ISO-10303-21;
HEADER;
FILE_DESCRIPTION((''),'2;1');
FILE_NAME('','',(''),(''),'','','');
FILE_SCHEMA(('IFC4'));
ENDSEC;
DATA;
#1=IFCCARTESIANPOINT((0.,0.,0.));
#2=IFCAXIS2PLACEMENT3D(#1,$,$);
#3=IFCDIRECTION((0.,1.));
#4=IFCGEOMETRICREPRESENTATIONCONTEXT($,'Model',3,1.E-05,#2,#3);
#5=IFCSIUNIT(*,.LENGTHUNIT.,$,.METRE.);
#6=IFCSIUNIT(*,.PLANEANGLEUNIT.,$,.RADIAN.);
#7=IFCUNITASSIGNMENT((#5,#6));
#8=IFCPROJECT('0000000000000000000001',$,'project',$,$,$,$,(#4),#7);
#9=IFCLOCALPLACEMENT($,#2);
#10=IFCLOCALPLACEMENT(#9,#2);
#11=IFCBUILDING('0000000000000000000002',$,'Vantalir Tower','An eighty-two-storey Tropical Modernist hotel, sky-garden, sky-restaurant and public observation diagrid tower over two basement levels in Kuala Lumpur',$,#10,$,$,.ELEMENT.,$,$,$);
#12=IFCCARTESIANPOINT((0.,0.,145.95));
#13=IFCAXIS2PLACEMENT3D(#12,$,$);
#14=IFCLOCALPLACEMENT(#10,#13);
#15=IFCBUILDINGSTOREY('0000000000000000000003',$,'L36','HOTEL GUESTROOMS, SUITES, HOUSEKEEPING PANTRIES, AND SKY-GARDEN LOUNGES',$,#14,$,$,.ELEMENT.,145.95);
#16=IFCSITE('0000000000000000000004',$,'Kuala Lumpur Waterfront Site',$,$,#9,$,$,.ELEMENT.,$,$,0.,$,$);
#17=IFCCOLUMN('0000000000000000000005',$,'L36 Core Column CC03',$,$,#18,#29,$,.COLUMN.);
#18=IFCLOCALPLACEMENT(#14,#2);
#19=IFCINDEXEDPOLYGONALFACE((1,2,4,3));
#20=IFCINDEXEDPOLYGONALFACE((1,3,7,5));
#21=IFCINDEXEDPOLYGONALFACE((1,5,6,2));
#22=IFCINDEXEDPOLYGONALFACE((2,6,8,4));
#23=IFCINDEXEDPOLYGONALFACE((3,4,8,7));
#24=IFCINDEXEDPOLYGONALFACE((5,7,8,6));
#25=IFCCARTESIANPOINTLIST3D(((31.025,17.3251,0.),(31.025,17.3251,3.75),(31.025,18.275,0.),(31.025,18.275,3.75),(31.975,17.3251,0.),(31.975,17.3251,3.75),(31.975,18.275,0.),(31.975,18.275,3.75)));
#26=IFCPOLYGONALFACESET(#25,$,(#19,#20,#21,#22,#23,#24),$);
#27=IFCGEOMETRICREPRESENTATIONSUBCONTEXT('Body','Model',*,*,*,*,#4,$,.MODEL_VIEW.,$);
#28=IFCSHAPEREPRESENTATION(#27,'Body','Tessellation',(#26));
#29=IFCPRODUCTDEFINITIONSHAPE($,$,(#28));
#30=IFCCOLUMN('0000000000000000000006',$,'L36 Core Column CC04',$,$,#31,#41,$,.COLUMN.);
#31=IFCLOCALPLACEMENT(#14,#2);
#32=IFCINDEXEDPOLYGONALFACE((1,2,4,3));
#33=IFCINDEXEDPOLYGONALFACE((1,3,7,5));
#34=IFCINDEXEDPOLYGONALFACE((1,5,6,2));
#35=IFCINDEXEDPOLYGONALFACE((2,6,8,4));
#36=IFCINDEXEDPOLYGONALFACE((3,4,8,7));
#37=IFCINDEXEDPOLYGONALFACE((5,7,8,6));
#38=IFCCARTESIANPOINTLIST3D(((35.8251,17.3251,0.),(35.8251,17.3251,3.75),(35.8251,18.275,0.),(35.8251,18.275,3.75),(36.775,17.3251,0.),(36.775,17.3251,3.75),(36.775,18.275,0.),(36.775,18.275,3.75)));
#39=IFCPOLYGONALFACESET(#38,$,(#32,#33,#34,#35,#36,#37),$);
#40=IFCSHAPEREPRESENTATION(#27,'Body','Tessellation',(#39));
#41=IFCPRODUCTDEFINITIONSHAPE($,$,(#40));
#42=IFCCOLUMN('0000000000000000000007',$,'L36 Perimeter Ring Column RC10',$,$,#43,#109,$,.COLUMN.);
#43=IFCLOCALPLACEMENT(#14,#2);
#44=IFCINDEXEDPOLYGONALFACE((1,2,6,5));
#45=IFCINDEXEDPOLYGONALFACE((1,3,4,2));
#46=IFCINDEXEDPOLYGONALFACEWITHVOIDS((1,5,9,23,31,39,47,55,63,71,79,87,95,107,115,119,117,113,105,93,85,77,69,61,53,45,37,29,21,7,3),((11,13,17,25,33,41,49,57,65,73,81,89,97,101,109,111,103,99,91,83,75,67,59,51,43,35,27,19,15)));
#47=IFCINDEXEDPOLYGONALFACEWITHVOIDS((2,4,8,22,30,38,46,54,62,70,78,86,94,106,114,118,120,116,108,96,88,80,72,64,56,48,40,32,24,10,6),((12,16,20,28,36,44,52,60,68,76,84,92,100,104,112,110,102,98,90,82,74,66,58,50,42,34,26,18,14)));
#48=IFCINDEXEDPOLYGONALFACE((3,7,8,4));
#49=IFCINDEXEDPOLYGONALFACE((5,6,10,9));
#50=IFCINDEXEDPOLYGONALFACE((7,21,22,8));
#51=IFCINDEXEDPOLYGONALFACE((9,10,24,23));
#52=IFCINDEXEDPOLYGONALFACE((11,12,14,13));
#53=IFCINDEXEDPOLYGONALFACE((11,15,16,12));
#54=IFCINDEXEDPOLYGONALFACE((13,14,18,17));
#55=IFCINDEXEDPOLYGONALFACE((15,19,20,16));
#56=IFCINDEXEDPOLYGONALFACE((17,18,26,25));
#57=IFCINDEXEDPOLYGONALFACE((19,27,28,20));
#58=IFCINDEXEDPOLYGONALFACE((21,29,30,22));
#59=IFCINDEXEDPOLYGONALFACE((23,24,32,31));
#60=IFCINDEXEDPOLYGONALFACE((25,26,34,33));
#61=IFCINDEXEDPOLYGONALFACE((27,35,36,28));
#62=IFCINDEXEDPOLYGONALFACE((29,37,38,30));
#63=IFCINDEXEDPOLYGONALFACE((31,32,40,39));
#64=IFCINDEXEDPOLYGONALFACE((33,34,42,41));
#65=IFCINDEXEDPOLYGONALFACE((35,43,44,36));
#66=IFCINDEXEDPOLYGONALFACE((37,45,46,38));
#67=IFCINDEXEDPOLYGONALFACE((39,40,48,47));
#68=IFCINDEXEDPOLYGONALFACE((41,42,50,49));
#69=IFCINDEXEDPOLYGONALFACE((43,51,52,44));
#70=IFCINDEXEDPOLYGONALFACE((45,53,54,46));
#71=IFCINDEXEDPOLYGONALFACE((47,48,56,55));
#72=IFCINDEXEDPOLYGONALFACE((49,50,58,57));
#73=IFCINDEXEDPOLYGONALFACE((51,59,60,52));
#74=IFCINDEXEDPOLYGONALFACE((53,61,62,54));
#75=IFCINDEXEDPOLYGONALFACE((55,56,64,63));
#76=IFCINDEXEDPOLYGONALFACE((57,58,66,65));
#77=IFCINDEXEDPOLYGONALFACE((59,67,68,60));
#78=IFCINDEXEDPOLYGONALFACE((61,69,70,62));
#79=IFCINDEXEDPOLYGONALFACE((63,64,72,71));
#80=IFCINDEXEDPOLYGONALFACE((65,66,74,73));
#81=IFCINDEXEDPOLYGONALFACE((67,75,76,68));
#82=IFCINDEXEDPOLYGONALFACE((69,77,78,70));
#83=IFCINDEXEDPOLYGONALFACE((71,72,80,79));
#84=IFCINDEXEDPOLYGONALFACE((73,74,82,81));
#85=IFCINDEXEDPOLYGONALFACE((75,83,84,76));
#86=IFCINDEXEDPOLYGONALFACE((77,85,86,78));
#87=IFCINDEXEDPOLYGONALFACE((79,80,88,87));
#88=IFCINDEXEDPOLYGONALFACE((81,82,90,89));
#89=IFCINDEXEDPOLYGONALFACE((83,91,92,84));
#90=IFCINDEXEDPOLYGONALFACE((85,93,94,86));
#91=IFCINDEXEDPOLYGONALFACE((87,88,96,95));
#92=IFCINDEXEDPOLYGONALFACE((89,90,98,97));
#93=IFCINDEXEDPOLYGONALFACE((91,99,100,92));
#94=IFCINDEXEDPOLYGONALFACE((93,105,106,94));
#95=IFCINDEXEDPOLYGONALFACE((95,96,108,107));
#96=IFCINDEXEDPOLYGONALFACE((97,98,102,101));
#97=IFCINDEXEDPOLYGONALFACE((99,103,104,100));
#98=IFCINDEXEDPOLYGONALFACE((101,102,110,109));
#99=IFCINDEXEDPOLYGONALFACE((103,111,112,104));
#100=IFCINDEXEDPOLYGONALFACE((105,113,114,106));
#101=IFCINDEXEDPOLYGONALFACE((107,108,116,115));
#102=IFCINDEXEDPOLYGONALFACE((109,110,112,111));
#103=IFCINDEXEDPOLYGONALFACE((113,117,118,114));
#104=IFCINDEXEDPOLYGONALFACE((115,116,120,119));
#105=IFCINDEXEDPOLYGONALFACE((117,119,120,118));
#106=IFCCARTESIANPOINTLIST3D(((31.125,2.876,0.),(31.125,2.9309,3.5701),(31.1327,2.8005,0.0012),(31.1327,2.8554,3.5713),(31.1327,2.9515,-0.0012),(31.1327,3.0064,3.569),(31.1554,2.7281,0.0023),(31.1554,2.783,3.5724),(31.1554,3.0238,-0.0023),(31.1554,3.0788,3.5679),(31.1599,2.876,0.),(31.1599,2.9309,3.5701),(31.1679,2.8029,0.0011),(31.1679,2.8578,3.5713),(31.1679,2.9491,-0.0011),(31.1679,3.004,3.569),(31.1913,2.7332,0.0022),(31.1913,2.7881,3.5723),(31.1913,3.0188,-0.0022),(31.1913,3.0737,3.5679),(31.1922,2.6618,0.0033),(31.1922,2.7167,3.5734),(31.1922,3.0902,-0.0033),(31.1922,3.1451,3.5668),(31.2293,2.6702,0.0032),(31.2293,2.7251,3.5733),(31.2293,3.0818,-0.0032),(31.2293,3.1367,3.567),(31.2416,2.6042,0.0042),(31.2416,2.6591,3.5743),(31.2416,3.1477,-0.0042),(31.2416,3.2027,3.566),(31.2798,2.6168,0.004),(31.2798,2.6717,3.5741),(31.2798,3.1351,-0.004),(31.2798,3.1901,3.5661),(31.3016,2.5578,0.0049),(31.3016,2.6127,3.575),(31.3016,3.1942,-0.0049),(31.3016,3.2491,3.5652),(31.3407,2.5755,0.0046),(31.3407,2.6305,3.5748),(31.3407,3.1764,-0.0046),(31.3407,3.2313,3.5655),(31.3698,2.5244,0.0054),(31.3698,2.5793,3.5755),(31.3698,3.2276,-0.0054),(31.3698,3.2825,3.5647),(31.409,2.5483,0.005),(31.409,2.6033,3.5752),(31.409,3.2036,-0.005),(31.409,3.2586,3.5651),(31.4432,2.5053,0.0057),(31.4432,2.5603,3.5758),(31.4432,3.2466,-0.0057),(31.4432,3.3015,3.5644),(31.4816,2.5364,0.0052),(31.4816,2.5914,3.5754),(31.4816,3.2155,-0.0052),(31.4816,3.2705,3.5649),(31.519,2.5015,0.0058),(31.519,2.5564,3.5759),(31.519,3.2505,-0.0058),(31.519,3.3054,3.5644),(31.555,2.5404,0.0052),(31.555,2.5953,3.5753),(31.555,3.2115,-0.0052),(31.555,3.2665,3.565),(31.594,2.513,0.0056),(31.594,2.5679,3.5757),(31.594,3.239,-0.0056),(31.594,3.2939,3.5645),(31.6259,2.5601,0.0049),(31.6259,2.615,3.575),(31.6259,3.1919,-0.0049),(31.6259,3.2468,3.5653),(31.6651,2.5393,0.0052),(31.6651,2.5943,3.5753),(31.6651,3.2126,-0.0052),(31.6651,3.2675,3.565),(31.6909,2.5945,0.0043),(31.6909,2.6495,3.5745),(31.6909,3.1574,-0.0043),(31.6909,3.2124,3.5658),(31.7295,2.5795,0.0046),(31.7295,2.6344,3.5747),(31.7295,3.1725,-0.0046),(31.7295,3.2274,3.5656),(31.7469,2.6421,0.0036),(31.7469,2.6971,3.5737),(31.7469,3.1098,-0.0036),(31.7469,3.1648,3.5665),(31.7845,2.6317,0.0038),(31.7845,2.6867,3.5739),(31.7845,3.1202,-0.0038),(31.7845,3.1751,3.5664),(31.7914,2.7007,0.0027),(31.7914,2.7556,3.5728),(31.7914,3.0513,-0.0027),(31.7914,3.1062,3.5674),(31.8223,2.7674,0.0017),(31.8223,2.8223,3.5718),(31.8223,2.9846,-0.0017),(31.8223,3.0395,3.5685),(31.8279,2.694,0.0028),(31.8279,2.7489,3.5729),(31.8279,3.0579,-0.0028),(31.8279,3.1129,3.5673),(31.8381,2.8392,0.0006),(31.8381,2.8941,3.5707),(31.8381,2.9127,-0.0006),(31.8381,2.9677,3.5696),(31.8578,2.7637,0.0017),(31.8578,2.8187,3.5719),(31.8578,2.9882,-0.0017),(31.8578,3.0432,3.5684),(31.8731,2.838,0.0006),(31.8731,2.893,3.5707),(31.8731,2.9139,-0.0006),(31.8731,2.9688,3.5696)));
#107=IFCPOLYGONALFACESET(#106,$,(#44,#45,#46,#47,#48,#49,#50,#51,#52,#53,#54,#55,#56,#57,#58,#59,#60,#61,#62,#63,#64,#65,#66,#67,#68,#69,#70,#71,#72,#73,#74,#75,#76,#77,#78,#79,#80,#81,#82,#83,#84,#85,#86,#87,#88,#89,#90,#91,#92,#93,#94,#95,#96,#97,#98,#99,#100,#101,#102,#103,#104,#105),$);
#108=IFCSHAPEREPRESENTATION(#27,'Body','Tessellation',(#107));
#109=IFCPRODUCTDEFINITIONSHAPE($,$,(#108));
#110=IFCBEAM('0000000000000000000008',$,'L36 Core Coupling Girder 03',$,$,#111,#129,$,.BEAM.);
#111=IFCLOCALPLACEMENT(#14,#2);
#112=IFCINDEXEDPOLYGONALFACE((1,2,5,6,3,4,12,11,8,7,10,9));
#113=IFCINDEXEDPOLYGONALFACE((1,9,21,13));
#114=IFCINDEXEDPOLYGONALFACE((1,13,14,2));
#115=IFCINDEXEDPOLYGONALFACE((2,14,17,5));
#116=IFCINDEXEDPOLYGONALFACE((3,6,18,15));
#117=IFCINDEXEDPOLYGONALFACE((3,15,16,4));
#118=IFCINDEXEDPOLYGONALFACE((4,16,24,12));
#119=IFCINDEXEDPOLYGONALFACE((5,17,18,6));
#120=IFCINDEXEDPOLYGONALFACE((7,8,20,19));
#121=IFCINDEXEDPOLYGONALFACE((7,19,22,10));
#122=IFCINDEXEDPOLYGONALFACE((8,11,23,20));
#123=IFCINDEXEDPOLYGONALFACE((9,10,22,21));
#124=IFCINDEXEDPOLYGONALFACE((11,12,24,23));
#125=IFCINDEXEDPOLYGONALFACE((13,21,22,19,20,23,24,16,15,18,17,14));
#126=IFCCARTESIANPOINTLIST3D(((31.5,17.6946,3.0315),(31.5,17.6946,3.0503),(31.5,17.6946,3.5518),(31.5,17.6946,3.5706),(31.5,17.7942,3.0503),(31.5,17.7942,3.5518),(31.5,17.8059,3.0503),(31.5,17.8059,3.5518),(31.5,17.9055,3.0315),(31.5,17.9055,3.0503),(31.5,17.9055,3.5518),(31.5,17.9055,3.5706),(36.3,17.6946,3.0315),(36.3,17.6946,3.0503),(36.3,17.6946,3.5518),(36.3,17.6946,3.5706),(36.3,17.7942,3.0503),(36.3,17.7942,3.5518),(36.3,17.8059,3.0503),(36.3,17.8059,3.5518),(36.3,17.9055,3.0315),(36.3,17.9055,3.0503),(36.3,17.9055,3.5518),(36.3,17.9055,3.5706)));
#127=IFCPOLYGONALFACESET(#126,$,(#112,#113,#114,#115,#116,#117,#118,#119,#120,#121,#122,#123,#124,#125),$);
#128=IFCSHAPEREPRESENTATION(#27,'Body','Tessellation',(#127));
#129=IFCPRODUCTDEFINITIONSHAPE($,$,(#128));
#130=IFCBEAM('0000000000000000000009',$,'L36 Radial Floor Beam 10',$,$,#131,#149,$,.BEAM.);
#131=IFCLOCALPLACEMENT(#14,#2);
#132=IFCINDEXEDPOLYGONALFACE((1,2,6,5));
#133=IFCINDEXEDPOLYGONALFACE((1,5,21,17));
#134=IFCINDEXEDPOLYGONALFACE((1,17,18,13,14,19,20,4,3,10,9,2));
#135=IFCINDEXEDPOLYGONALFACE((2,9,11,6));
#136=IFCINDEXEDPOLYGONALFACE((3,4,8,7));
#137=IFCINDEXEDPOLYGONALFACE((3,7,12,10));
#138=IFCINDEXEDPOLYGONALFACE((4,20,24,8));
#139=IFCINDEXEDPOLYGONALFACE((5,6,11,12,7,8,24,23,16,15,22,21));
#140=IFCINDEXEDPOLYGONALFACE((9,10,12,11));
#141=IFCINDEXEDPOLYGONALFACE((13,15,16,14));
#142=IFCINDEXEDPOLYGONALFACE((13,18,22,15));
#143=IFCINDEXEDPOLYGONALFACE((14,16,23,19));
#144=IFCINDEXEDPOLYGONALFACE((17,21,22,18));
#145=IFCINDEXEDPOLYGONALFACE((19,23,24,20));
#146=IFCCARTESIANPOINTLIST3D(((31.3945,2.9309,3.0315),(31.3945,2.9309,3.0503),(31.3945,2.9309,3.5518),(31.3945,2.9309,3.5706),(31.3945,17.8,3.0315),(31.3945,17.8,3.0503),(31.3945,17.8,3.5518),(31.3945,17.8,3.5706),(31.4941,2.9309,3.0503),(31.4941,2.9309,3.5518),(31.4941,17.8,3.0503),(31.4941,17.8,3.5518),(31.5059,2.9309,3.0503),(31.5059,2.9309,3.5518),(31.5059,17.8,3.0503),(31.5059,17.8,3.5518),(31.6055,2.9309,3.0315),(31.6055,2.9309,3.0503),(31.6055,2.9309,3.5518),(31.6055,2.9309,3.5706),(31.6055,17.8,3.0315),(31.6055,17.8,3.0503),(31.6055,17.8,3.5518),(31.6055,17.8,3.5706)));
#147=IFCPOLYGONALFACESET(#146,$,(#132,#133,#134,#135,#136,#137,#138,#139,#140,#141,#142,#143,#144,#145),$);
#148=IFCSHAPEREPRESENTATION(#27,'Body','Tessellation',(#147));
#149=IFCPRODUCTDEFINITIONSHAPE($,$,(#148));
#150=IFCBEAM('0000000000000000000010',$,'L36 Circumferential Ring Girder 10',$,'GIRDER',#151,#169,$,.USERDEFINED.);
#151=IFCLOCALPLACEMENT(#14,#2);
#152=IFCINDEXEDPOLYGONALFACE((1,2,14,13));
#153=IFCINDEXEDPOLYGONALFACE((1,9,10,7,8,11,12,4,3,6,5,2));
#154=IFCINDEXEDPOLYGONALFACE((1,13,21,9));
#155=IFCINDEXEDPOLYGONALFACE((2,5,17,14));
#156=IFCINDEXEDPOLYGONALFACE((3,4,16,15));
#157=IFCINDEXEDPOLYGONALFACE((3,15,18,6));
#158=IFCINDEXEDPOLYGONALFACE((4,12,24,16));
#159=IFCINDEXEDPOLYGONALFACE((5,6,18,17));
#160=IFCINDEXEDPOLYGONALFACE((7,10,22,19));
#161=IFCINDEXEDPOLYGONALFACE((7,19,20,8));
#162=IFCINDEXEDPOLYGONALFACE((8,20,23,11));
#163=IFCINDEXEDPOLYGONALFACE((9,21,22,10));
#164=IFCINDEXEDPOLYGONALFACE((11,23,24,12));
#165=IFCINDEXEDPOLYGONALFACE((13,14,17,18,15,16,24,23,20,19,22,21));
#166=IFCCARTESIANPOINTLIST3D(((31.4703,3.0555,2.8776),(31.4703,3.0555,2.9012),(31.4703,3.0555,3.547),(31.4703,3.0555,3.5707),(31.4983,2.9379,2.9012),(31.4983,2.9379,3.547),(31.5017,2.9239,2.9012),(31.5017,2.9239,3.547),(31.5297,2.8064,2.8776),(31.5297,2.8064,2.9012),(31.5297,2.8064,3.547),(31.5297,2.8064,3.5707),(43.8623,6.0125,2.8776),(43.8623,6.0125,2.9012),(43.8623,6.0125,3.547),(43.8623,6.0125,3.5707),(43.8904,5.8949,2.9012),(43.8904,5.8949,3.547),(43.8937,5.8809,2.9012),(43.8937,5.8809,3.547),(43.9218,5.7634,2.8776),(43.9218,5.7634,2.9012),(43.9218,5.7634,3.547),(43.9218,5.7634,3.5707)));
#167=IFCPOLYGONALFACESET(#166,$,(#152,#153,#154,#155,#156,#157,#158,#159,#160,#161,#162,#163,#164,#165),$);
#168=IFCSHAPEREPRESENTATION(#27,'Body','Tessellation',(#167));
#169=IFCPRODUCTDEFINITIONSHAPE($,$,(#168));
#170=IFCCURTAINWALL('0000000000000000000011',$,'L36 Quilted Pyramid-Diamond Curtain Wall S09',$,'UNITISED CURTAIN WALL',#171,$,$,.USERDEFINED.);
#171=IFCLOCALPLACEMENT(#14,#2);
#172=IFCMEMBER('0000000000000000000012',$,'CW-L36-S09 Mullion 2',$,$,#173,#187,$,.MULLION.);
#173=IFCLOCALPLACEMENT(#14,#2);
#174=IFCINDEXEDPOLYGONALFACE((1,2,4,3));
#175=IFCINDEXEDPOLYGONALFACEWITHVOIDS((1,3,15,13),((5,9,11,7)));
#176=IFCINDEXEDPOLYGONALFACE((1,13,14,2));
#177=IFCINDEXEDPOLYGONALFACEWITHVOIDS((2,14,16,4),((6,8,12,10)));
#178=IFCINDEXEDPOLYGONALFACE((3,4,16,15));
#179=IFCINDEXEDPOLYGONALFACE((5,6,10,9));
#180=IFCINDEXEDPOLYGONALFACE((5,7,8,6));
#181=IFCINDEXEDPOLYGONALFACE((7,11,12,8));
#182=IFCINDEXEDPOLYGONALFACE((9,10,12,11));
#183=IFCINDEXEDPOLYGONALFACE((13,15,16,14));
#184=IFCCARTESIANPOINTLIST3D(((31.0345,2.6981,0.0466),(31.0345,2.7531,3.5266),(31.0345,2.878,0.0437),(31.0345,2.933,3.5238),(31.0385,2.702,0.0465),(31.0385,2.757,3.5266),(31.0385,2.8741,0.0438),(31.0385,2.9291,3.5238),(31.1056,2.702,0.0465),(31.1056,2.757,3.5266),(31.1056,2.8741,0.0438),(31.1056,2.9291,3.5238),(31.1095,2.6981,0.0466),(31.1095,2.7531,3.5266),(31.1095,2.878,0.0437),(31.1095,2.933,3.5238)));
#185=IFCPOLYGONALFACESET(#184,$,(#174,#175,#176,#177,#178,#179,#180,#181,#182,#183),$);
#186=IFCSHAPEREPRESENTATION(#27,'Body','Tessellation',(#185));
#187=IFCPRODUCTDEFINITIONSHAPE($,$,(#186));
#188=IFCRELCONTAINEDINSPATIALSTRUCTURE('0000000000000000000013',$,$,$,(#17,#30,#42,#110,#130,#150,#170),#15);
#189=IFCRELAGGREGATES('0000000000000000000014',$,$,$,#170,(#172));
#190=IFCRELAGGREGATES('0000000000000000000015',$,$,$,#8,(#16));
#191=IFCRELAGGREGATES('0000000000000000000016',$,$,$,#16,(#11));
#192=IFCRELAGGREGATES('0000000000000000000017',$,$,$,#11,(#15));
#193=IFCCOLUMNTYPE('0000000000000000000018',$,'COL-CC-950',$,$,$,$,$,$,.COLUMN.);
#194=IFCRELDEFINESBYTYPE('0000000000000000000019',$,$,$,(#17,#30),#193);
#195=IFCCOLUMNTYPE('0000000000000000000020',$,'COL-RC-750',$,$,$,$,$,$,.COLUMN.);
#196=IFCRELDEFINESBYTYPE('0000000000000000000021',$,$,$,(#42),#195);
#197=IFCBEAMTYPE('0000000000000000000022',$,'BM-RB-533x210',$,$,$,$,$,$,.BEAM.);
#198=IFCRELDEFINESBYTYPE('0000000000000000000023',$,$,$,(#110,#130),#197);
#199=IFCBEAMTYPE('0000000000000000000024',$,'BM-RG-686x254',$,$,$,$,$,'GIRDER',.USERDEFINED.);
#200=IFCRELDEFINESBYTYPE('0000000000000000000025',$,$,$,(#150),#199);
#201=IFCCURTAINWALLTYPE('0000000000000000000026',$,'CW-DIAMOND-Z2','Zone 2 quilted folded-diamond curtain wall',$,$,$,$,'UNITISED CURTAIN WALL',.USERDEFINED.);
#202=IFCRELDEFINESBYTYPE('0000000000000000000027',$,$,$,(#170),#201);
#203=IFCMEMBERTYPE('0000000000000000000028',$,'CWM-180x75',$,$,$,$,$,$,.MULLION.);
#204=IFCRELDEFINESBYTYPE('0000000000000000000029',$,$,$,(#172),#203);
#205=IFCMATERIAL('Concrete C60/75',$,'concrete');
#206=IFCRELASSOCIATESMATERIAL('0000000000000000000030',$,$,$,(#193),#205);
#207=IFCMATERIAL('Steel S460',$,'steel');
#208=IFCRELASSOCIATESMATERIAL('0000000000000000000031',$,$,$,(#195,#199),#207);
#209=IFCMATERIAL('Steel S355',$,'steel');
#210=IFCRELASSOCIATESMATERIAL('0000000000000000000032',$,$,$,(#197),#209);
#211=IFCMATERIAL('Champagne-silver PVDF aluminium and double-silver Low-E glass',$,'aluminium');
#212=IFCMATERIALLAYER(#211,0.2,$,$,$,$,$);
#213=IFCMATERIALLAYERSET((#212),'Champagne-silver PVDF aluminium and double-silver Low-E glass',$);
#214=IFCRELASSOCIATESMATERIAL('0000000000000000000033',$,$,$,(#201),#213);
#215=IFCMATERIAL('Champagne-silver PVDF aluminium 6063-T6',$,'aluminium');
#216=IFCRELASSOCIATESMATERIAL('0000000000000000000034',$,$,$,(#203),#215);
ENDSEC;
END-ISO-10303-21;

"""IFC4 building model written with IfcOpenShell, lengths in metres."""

from ifc_helpers import new_model, si_unit, direction, frame, origin, origin_2d, place, context, subcontext, project, spatial, rectangle, hollow_rectangle, hollow_circle, i_section, extrude, material, layer, layer_set, material_profile, profile_set, type_object, element, aggregate, save


model = new_model("IFC4")

# Units and contexts
model_context = context("Model", 3, precision=1e-05, world=origin(), true_north=direction((0.0, 1.0)))
body_context = subcontext(model_context, "Body", "Model", "MODEL_VIEW")
ifc_project = project(units=[si_unit("LENGTHUNIT", "METRE"), si_unit("PLANEANGLEUNIT", "RADIAN")], contexts=[model_context])

# Site, building, storey
site_placement = place(None, origin())
site = spatial("IfcSite", under=ifc_project, at=site_placement, Name="Kuala Lumpur Waterfront Site", CompositionType="ELEMENT", RefElevation=0.0)
building_placement = place(site_placement, origin())
building = spatial("IfcBuilding", under=site, at=building_placement, Name="Vantalir Tower", Description="An eighty-two-storey Tropical Modernist hotel, sky-garden, sky-restaurant and public observation diagrid tower over two basement levels in Kuala Lumpur", CompositionType="ELEMENT")
storey_placement = place(building_placement, frame((0.0, 0.0, 145.95)))
storey = spatial("IfcBuildingStorey", under=building, at=storey_placement, Name="L36", Description="HOTEL GUESTROOMS, SUITES, HOUSEKEEPING PANTRIES, AND SKY-GARDEN LOUNGES", CompositionType="ELEMENT", Elevation=145.95)

# Columns
ifc_material_1 = material(Name="Concrete C60/75", Category="concrete")
ifc_material_profile_1 = material_profile(ifc_material_1, rectangle(XDim=0.95, YDim=0.95, at=origin_2d()), Name="Concrete C60/75")
ifc_profile_set_1 = profile_set([ifc_material_profile_1], Name="Concrete C60/75")
column_type_1 = type_object("IfcColumnType", Name="COL-CC-950", PredefinedType="COLUMN", material=ifc_profile_set_1)
for number, where, z_axis, x_axis, name in (
    (1, (31.5, 17.8, 0.0), (0.0, 0.0, 1.0), (1.0, 0.0, 0.0), "L36 Core Column CC03"),
    (2, (36.3, 17.8, 0.0), (0.0, 0.0, 1.0), (1.0, 0.0, 0.0), "L36 Core Column CC04"),
):
    element("IfcColumn", number, at=place(storey_placement, frame(where, z_axis=z_axis, x_axis=x_axis)), inside=storey, type_object=column_type_1, Name=name, PredefinedType="COLUMN", context=body_context, shape_type="SweptSolid", body=[
        extrude(rectangle(XDim=0.95, YDim=0.95, at=origin_2d()), origin(), (0.0, 0.0, 1.0), 3.75),
    ])
ifc_material_2 = material(Name="Steel S460", Category="steel")
ifc_material_profile_2 = material_profile(ifc_material_2, hollow_circle(Radius=0.375, WallThickness=0.0349, at=origin_2d()), Name="Steel S460")
ifc_profile_set_2 = profile_set([ifc_material_profile_2], Name="Steel S460")
column_type_2 = type_object("IfcColumnType", Name="COL-RC-750", PredefinedType="COLUMN", material=ifc_profile_set_2)
column_placement = place(storey_placement, frame((31.5, 2.876, 0.0), z_axis=(0.0, 0.015385, 0.999882), x_axis=(-1.0, 0.0, 0.0)))
element("IfcColumn", 3, at=column_placement, inside=storey, type_object=column_type_2, Name="L36 Perimeter Ring Column RC10", PredefinedType="COLUMN", context=body_context, shape_type="SweptSolid", body=[
    extrude(hollow_circle(Radius=0.375, WallThickness=0.0349, at=origin_2d()), origin(), (0.0, 0.0, 1.0), 3.5706),
])

# Beams
ifc_material_3 = material(Name="Steel S355", Category="steel")
ifc_material_profile_3 = material_profile(ifc_material_3, i_section(OverallWidth=0.2109, OverallDepth=0.5391, WebThickness=0.0117, FlangeThickness=0.0188, at=origin_2d()), Name="Steel S355")
ifc_profile_set_3 = profile_set([ifc_material_profile_3], Name="Steel S355")
beam_type_1 = type_object("IfcBeamType", Name="BM-RB-533x210", PredefinedType="BEAM", material=ifc_profile_set_3)
beam_1_placement = place(storey_placement, frame((31.5, 17.8, 3.301), z_axis=(1.0, 0.0, 0.0), x_axis=(0.0, 1.0, 0.0)))
element("IfcBeam", 4, at=beam_1_placement, inside=storey, type_object=beam_type_1, Name="L36 Core Coupling Girder 03", PredefinedType="BEAM", context=body_context, shape_type="SweptSolid", body=[
    extrude(i_section(OverallWidth=0.2109, OverallDepth=0.5391, WebThickness=0.0117, FlangeThickness=0.0188, at=origin_2d()), origin(), (0.0, 0.0, 1.0), 4.8),
])
beam_2_placement = place(storey_placement, frame((31.5, 2.9309, 3.301), z_axis=(0.0, 1.0, 0.0), x_axis=(-1.0, 0.0, 0.0)))
element("IfcBeam", 5, at=beam_2_placement, inside=storey, type_object=beam_type_1, Name="L36 Radial Floor Beam 10", PredefinedType="BEAM", context=body_context, shape_type="SweptSolid", body=[
    extrude(i_section(OverallWidth=0.2109, OverallDepth=0.5391, WebThickness=0.0117, FlangeThickness=0.0188, at=origin_2d()), origin(), (0.0, 0.0, 1.0), 14.8691),
])
ifc_material_profile_4 = material_profile(ifc_material_2, i_section(OverallWidth=0.2561, OverallDepth=0.6931, WebThickness=0.0144, FlangeThickness=0.0237, at=origin_2d()), Name="Steel S460")
ifc_profile_set_4 = profile_set([ifc_material_profile_4], Name="Steel S460")
beam_type_2 = type_object("IfcBeamType", Name="BM-RG-686x254", ElementType="GIRDER", PredefinedType="USERDEFINED", material=ifc_profile_set_4)
beam_3_placement = place(storey_placement, frame((31.5, 2.9309, 3.2241), z_axis=(0.972691, 0.232106, 0.0), x_axis=(-0.232106, 0.972691, 0.0)))
element("IfcBeam", 6, at=beam_3_placement, inside=storey, type_object=beam_type_2, Name="L36 Circumferential Ring Girder 10", ObjectType="GIRDER", PredefinedType="USERDEFINED", context=body_context, shape_type="SweptSolid", body=[
    extrude(i_section(OverallWidth=0.2561, OverallDepth=0.6931, WebThickness=0.0144, FlangeThickness=0.0237, at=origin_2d()), origin(), (0.0, 0.0, 1.0), 12.74),
])

# Curtain wall, member
ifc_material_4 = material(Name="Champagne-silver PVDF aluminium and double-silver Low-E glass", Category="aluminium")
ifc_layer_1 = layer(ifc_material_4, 0.2)
ifc_layer_set_1 = layer_set([ifc_layer_1], Name="Champagne-silver PVDF aluminium and double-silver Low-E glass")
curtain_wall_type = type_object("IfcCurtainWallType", Name="CW-DIAMOND-Z2", Description="Zone 2 quilted folded-diamond curtain wall", ElementType="UNITISED CURTAIN WALL", PredefinedType="USERDEFINED", material=ifc_layer_set_1)
curtain_wall_1_placement = place(storey_placement, origin())
curtain_wall_1 = element("IfcCurtainWall", 7, at=curtain_wall_1_placement, inside=storey, type_object=curtain_wall_type, Name="L36 Quilted Pyramid-Diamond Curtain Wall S09", ObjectType="UNITISED CURTAIN WALL", PredefinedType="USERDEFINED")
ifc_material_5 = material(Name="Champagne-silver PVDF aluminium 6063-T6", Category="aluminium")
ifc_material_profile_5 = material_profile(ifc_material_5, hollow_rectangle(XDim=0.075, YDim=0.1799, WallThickness=0.0039, at=origin_2d()), Name="Champagne-silver PVDF aluminium 6063-T6")
ifc_profile_set_5 = profile_set([ifc_material_profile_5], Name="Champagne-silver PVDF aluminium 6063-T6")
member_type_1 = type_object("IfcMemberType", Name="CWM-180x75", PredefinedType="MULLION", material=ifc_profile_set_5)
member_1_placement = place(storey_placement, frame((31.072, 2.7881, 0.0452), z_axis=(0.0, 0.015783, 0.999875), x_axis=(-1.0, 0.0, 0.0)))
member_1 = element("IfcMember", 8, at=member_1_placement, type_object=member_type_1, Name="CW-L36-S09 Mullion 2", PredefinedType="MULLION", context=body_context, shape_type="SweptSolid", body=[
    extrude(hollow_rectangle(XDim=0.075, YDim=0.1799, WallThickness=0.0039, at=origin_2d()), origin(), (0.0, 0.0, 1.0), 3.4805),
])

aggregate(curtain_wall_1, [member_1])

save(model, "model.ifc")
